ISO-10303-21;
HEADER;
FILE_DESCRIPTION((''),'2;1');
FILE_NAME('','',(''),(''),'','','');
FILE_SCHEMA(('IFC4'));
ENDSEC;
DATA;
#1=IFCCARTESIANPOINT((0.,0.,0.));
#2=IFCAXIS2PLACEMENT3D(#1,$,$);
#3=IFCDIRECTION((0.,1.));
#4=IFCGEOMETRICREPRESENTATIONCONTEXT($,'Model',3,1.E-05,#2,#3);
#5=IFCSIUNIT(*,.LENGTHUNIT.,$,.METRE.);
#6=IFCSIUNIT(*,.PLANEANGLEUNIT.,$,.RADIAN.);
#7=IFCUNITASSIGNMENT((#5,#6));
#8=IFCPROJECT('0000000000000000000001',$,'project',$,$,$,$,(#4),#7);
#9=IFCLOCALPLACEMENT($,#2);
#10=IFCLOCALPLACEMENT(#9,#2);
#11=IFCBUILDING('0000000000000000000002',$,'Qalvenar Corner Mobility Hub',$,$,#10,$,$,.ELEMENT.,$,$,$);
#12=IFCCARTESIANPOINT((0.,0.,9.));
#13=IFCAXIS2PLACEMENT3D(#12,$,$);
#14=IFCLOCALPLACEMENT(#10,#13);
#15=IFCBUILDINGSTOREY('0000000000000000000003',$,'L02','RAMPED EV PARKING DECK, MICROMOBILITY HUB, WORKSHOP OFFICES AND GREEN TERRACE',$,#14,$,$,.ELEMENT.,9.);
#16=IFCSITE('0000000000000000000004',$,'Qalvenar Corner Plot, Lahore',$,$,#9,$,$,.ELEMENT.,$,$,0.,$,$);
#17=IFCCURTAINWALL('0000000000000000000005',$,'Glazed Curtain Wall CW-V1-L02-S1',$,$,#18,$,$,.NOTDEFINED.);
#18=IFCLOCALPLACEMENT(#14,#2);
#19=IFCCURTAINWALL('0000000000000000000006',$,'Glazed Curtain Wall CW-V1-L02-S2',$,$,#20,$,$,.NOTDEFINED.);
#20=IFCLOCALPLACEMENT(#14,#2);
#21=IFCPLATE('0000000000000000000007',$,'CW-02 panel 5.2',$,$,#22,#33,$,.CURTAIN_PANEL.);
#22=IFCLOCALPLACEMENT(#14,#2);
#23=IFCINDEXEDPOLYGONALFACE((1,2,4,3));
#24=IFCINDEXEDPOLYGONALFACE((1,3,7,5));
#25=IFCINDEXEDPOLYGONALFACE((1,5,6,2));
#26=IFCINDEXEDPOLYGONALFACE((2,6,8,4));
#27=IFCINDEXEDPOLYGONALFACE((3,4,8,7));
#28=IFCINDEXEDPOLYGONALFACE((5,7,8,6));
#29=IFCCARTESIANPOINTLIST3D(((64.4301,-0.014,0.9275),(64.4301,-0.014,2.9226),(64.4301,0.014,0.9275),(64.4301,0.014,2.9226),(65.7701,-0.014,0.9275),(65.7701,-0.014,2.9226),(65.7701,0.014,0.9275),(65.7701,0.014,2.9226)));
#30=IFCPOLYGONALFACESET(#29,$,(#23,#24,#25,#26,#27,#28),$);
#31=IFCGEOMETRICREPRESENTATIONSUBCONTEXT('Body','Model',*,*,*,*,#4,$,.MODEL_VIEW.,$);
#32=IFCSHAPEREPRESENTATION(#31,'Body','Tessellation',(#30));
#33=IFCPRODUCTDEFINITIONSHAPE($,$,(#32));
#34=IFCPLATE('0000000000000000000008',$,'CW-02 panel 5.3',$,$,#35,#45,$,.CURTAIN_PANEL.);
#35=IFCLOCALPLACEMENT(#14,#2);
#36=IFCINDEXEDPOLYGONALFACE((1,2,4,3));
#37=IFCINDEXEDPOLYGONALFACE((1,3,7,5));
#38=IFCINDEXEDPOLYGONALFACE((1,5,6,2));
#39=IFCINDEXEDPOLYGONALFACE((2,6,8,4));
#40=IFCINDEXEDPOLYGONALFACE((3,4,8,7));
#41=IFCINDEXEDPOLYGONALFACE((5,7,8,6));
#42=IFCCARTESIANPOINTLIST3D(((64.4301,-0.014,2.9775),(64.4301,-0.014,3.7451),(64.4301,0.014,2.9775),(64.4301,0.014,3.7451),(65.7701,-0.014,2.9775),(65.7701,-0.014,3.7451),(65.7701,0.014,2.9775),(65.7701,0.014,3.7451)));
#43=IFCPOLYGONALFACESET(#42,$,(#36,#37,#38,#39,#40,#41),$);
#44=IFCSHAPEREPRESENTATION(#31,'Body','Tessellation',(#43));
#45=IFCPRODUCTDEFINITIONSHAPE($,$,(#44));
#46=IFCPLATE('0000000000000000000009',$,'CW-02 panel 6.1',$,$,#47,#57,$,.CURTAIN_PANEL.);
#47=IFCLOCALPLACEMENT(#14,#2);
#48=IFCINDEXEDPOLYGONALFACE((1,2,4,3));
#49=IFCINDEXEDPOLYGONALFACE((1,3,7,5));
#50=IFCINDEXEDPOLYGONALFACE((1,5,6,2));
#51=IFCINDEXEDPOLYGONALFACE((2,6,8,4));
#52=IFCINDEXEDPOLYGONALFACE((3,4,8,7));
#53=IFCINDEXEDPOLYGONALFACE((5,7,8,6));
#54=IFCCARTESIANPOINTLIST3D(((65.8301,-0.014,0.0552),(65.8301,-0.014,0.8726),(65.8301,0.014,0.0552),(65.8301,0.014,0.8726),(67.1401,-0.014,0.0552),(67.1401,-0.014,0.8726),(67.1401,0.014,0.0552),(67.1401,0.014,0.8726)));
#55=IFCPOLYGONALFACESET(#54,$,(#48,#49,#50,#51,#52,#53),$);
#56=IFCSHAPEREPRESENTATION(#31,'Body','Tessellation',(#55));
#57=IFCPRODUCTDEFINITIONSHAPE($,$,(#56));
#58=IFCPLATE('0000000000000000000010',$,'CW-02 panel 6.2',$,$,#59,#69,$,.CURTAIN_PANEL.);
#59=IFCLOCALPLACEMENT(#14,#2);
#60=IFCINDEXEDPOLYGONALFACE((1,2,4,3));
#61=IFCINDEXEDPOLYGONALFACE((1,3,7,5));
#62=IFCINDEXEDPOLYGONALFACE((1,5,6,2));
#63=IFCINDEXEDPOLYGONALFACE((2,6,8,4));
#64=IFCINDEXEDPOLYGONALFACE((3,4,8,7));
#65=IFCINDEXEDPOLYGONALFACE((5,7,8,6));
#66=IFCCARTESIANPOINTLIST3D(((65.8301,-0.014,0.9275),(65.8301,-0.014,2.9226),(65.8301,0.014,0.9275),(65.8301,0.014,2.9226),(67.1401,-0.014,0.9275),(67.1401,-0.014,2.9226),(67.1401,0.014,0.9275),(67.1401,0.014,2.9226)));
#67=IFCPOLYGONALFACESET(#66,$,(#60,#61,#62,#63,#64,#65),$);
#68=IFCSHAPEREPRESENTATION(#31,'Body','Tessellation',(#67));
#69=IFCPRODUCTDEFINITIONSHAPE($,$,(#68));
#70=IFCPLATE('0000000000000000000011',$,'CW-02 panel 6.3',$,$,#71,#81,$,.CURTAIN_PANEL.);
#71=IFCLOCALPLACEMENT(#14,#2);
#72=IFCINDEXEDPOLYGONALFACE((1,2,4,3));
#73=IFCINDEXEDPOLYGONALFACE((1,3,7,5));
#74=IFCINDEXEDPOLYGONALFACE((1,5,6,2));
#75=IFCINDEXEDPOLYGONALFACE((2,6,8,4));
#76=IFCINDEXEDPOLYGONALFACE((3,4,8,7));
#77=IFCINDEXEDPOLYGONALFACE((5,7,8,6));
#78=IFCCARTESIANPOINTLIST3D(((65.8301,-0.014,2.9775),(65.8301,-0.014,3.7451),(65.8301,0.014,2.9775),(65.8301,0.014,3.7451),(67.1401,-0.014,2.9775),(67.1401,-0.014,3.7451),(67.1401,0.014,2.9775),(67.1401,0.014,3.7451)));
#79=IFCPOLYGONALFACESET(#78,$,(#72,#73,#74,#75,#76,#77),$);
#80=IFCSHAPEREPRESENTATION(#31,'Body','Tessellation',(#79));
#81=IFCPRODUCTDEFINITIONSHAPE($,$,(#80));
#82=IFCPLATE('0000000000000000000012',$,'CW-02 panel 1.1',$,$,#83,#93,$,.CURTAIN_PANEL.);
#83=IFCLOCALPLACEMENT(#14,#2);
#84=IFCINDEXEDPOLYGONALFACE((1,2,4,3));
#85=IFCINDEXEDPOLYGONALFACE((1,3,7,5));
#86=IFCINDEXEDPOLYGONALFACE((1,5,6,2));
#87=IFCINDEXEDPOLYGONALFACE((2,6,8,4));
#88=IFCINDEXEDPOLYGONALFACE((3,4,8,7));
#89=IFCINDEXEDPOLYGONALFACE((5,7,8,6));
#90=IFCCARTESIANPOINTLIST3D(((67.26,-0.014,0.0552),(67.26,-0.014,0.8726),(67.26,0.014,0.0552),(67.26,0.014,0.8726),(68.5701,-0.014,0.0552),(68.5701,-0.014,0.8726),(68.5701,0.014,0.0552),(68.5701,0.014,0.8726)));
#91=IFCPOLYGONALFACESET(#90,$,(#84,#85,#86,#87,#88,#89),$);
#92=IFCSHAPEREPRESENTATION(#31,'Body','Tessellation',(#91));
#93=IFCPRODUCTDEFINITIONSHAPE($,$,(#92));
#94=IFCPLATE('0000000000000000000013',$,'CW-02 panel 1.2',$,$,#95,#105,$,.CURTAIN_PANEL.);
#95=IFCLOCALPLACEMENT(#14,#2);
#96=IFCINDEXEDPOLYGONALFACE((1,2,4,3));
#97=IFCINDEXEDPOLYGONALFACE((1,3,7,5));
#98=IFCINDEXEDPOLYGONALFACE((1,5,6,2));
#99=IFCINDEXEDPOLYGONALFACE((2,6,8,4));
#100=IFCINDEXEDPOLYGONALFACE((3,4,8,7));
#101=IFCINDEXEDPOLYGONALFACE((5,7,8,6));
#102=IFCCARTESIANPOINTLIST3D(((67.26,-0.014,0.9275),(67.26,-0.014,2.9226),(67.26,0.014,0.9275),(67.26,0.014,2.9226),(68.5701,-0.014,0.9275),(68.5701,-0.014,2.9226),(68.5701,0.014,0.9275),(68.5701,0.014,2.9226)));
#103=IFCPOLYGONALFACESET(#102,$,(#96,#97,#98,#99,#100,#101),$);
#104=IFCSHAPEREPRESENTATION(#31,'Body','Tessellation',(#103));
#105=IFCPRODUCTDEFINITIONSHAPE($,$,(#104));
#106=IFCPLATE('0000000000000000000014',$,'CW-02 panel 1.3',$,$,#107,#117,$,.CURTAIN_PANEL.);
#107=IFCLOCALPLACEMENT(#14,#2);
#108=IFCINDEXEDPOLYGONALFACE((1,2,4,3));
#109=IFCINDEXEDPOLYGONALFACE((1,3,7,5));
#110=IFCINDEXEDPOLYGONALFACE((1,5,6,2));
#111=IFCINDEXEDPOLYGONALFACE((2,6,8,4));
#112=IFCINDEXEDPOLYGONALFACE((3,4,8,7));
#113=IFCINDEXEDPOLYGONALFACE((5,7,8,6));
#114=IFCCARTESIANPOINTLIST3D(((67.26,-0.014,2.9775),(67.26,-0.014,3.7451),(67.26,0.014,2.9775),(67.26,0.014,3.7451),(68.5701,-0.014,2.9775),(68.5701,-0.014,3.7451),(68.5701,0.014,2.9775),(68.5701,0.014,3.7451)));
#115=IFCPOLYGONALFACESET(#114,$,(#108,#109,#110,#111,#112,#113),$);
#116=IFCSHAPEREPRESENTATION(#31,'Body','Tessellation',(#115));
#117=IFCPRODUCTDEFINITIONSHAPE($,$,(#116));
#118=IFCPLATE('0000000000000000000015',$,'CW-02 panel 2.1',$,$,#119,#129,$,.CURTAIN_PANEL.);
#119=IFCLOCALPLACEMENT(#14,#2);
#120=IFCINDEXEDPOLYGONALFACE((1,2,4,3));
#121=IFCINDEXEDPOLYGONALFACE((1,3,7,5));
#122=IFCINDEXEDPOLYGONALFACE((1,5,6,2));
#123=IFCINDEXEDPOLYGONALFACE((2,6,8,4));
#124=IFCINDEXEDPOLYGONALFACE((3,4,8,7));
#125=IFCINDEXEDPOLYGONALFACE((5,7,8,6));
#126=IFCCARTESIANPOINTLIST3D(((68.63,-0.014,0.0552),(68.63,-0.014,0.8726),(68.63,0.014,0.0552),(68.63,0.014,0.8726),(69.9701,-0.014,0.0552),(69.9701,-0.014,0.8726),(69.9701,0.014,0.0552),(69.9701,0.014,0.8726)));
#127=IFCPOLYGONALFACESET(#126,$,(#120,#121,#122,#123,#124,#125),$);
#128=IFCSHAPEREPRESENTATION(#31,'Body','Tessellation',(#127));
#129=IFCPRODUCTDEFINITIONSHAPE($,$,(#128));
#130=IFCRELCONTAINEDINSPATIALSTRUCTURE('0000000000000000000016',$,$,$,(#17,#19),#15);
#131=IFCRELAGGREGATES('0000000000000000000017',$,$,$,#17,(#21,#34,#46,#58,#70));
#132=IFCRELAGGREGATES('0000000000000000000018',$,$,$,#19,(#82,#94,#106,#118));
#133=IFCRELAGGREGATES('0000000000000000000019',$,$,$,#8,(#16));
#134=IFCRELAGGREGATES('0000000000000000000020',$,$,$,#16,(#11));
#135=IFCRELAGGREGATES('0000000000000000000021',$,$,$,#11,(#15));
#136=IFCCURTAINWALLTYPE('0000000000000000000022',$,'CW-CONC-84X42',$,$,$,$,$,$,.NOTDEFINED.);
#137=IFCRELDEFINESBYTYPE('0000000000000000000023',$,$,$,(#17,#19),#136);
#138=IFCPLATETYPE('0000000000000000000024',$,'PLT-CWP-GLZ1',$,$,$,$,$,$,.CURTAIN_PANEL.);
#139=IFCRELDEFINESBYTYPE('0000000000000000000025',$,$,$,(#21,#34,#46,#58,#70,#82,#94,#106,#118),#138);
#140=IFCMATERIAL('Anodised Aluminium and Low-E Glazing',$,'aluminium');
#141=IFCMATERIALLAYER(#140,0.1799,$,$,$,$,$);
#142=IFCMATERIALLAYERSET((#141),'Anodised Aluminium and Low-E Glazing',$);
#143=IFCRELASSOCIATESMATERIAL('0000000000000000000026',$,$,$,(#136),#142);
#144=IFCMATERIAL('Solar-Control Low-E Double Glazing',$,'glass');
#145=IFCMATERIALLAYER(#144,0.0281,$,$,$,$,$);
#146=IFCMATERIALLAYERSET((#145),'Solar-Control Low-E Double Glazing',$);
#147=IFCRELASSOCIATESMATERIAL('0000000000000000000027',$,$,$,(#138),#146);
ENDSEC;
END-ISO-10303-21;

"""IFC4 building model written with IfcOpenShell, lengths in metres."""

from ifc_helpers import new_model, si_unit, direction, frame, origin, origin_2d, place, context, subcontext, project, spatial, rectangle, extrude, material, layer, layer_set, type_object, element, aggregate, save


model = new_model("IFC4")

# Units and contexts
model_context = context("Model", 3, precision=1e-05, world=origin(), true_north=direction((0.0, 1.0)))
body_context = subcontext(model_context, "Body", "Model", "MODEL_VIEW")
ifc_project = project(units=[si_unit("LENGTHUNIT", "METRE"), si_unit("PLANEANGLEUNIT", "RADIAN")], contexts=[model_context])

# Site, building, storey
site_placement = place(None, origin())
site = spatial("IfcSite", under=ifc_project, at=site_placement, Name="Qalvenar Corner Plot, Lahore", CompositionType="ELEMENT", RefElevation=0.0)
building_placement = place(site_placement, origin())
building = spatial("IfcBuilding", under=site, at=building_placement, Name="Qalvenar Corner Mobility Hub", CompositionType="ELEMENT")
storey_placement = place(building_placement, frame((0.0, 0.0, 9.0)))
storey = spatial("IfcBuildingStorey", under=building, at=storey_placement, Name="L02", Description="RAMPED EV PARKING DECK, MICROMOBILITY HUB, WORKSHOP OFFICES AND GREEN TERRACE", CompositionType="ELEMENT", Elevation=9.0)

# Curtain walls
ifc_material_1 = material(Name="Anodised Aluminium and Low-E Glazing", Category="aluminium")
ifc_layer_1 = layer(ifc_material_1, 0.1799)
ifc_layer_set_1 = layer_set([ifc_layer_1], Name="Anodised Aluminium and Low-E Glazing")
curtain_wall_type = type_object("IfcCurtainWallType", Name="CW-CONC-84X42", PredefinedType="NOTDEFINED", material=ifc_layer_set_1)
curtain_wall_1_placement = place(storey_placement, origin())
curtain_wall_1 = element("IfcCurtainWall", 1, at=curtain_wall_1_placement, inside=storey, type_object=curtain_wall_type, Name="Glazed Curtain Wall CW-V1-L02-S1", PredefinedType="NOTDEFINED")
curtain_wall_2_placement = place(storey_placement, origin())
curtain_wall_2 = element("IfcCurtainWall", 2, at=curtain_wall_2_placement, inside=storey, type_object=curtain_wall_type, Name="Glazed Curtain Wall CW-V1-L02-S2", PredefinedType="NOTDEFINED")

# Plates
ifc_material_2 = material(Name="Solar-Control Low-E Double Glazing", Category="glass")
ifc_layer_2 = layer(ifc_material_2, 0.0281)
ifc_layer_set_2 = layer_set([ifc_layer_2], Name="Solar-Control Low-E Double Glazing")
plate_type = type_object("IfcPlateType", Name="PLT-CWP-GLZ1", PredefinedType="CURTAIN_PANEL", material=ifc_layer_set_2)
plate_1_placement = place(storey_placement, frame((65.1001, 0.0, 0.9275), z_axis=(0.0, 0.0, 1.0), x_axis=(1.0, 0.0, 0.0)))
plate_1 = element("IfcPlate", 3, at=plate_1_placement, type_object=plate_type, Name="CW-02 panel 5.2", PredefinedType="CURTAIN_PANEL", context=body_context, shape_type="SweptSolid", body=[
    extrude(rectangle(XDim=1.3401, YDim=0.0281, at=origin_2d()), origin(), (0.0, 0.0, 1.0), 1.9951),
])
plate_2_placement = place(storey_placement, frame((65.1001, 0.0, 2.9775), z_axis=(0.0, 0.0, 1.0), x_axis=(1.0, 0.0, 0.0)))
plate_2 = element("IfcPlate", 4, at=plate_2_placement, type_object=plate_type, Name="CW-02 panel 5.3", PredefinedType="CURTAIN_PANEL", context=body_context, shape_type="SweptSolid", body=[
    extrude(rectangle(XDim=1.3401, YDim=0.0281, at=origin_2d()), origin(), (0.0, 0.0, 1.0), 0.7676),
])
plate_3_placement = place(storey_placement, frame((66.4851, 0.0, 0.0552), z_axis=(0.0, 0.0, 1.0), x_axis=(1.0, 0.0, 0.0)))
plate_3 = element("IfcPlate", 5, at=plate_3_placement, type_object=plate_type, Name="CW-02 panel 6.1", PredefinedType="CURTAIN_PANEL", context=body_context, shape_type="SweptSolid", body=[
    extrude(rectangle(XDim=1.3101, YDim=0.0281, at=origin_2d()), origin(), (0.0, 0.0, 1.0), 0.8174),
])
plate_4_placement = place(storey_placement, frame((66.4851, 0.0, 0.9275), z_axis=(0.0, 0.0, 1.0), x_axis=(1.0, 0.0, 0.0)))
plate_4 = element("IfcPlate", 6, at=plate_4_placement, type_object=plate_type, Name="CW-02 panel 6.2", PredefinedType="CURTAIN_PANEL", context=body_context, shape_type="SweptSolid", body=[
    extrude(rectangle(XDim=1.3101, YDim=0.0281, at=origin_2d()), origin(), (0.0, 0.0, 1.0), 1.9951),
])
plate_5_placement = place(storey_placement, frame((66.4851, 0.0, 2.9775), z_axis=(0.0, 0.0, 1.0), x_axis=(1.0, 0.0, 0.0)))
plate_5 = element("IfcPlate", 7, at=plate_5_placement, type_object=plate_type, Name="CW-02 panel 6.3", PredefinedType="CURTAIN_PANEL", context=body_context, shape_type="SweptSolid", body=[
    extrude(rectangle(XDim=1.3101, YDim=0.0281, at=origin_2d()), origin(), (0.0, 0.0, 1.0), 0.7676),
])
aggregate(curtain_wall_1, [plate_1, plate_2, plate_3, plate_4, plate_5])
plate_6_placement = place(storey_placement, frame((67.915, 0.0, 0.0552), z_axis=(0.0, 0.0, 1.0), x_axis=(1.0, 0.0, 0.0)))
plate_6 = element("IfcPlate", 8, at=plate_6_placement, type_object=plate_type, Name="CW-02 panel 1.1", PredefinedType="CURTAIN_PANEL", context=body_context, shape_type="SweptSolid", body=[
    extrude(rectangle(XDim=1.3101, YDim=0.0281, at=origin_2d()), origin(), (0.0, 0.0, 1.0), 0.8174),
])
plate_7_placement = place(storey_placement, frame((67.915, 0.0, 0.9275), z_axis=(0.0, 0.0, 1.0), x_axis=(1.0, 0.0, 0.0)))
plate_7 = element("IfcPlate", 9, at=plate_7_placement, type_object=plate_type, Name="CW-02 panel 1.2", PredefinedType="CURTAIN_PANEL", context=body_context, shape_type="SweptSolid", body=[
    extrude(rectangle(XDim=1.3101, YDim=0.0281, at=origin_2d()), origin(), (0.0, 0.0, 1.0), 1.9951),
])
plate_8_placement = place(storey_placement, frame((67.915, 0.0, 2.9775), z_axis=(0.0, 0.0, 1.0), x_axis=(1.0, 0.0, 0.0)))
plate_8 = element("IfcPlate", 10, at=plate_8_placement, type_object=plate_type, Name="CW-02 panel 1.3", PredefinedType="CURTAIN_PANEL", context=body_context, shape_type="SweptSolid", body=[
    extrude(rectangle(XDim=1.3101, YDim=0.0281, at=origin_2d()), origin(), (0.0, 0.0, 1.0), 0.7676),
])
plate_9_placement = place(storey_placement, frame((69.3, 0.0, 0.0552), z_axis=(0.0, 0.0, 1.0), x_axis=(1.0, 0.0, 0.0)))
plate_9 = element("IfcPlate", 11, at=plate_9_placement, type_object=plate_type, Name="CW-02 panel 2.1", PredefinedType="CURTAIN_PANEL", context=body_context, shape_type="SweptSolid", body=[
    extrude(rectangle(XDim=1.3401, YDim=0.0281, at=origin_2d()), origin(), (0.0, 0.0, 1.0), 0.8174),
])
aggregate(curtain_wall_2, [plate_6, plate_7, plate_8, plate_9])

save(model, "model.ifc")
